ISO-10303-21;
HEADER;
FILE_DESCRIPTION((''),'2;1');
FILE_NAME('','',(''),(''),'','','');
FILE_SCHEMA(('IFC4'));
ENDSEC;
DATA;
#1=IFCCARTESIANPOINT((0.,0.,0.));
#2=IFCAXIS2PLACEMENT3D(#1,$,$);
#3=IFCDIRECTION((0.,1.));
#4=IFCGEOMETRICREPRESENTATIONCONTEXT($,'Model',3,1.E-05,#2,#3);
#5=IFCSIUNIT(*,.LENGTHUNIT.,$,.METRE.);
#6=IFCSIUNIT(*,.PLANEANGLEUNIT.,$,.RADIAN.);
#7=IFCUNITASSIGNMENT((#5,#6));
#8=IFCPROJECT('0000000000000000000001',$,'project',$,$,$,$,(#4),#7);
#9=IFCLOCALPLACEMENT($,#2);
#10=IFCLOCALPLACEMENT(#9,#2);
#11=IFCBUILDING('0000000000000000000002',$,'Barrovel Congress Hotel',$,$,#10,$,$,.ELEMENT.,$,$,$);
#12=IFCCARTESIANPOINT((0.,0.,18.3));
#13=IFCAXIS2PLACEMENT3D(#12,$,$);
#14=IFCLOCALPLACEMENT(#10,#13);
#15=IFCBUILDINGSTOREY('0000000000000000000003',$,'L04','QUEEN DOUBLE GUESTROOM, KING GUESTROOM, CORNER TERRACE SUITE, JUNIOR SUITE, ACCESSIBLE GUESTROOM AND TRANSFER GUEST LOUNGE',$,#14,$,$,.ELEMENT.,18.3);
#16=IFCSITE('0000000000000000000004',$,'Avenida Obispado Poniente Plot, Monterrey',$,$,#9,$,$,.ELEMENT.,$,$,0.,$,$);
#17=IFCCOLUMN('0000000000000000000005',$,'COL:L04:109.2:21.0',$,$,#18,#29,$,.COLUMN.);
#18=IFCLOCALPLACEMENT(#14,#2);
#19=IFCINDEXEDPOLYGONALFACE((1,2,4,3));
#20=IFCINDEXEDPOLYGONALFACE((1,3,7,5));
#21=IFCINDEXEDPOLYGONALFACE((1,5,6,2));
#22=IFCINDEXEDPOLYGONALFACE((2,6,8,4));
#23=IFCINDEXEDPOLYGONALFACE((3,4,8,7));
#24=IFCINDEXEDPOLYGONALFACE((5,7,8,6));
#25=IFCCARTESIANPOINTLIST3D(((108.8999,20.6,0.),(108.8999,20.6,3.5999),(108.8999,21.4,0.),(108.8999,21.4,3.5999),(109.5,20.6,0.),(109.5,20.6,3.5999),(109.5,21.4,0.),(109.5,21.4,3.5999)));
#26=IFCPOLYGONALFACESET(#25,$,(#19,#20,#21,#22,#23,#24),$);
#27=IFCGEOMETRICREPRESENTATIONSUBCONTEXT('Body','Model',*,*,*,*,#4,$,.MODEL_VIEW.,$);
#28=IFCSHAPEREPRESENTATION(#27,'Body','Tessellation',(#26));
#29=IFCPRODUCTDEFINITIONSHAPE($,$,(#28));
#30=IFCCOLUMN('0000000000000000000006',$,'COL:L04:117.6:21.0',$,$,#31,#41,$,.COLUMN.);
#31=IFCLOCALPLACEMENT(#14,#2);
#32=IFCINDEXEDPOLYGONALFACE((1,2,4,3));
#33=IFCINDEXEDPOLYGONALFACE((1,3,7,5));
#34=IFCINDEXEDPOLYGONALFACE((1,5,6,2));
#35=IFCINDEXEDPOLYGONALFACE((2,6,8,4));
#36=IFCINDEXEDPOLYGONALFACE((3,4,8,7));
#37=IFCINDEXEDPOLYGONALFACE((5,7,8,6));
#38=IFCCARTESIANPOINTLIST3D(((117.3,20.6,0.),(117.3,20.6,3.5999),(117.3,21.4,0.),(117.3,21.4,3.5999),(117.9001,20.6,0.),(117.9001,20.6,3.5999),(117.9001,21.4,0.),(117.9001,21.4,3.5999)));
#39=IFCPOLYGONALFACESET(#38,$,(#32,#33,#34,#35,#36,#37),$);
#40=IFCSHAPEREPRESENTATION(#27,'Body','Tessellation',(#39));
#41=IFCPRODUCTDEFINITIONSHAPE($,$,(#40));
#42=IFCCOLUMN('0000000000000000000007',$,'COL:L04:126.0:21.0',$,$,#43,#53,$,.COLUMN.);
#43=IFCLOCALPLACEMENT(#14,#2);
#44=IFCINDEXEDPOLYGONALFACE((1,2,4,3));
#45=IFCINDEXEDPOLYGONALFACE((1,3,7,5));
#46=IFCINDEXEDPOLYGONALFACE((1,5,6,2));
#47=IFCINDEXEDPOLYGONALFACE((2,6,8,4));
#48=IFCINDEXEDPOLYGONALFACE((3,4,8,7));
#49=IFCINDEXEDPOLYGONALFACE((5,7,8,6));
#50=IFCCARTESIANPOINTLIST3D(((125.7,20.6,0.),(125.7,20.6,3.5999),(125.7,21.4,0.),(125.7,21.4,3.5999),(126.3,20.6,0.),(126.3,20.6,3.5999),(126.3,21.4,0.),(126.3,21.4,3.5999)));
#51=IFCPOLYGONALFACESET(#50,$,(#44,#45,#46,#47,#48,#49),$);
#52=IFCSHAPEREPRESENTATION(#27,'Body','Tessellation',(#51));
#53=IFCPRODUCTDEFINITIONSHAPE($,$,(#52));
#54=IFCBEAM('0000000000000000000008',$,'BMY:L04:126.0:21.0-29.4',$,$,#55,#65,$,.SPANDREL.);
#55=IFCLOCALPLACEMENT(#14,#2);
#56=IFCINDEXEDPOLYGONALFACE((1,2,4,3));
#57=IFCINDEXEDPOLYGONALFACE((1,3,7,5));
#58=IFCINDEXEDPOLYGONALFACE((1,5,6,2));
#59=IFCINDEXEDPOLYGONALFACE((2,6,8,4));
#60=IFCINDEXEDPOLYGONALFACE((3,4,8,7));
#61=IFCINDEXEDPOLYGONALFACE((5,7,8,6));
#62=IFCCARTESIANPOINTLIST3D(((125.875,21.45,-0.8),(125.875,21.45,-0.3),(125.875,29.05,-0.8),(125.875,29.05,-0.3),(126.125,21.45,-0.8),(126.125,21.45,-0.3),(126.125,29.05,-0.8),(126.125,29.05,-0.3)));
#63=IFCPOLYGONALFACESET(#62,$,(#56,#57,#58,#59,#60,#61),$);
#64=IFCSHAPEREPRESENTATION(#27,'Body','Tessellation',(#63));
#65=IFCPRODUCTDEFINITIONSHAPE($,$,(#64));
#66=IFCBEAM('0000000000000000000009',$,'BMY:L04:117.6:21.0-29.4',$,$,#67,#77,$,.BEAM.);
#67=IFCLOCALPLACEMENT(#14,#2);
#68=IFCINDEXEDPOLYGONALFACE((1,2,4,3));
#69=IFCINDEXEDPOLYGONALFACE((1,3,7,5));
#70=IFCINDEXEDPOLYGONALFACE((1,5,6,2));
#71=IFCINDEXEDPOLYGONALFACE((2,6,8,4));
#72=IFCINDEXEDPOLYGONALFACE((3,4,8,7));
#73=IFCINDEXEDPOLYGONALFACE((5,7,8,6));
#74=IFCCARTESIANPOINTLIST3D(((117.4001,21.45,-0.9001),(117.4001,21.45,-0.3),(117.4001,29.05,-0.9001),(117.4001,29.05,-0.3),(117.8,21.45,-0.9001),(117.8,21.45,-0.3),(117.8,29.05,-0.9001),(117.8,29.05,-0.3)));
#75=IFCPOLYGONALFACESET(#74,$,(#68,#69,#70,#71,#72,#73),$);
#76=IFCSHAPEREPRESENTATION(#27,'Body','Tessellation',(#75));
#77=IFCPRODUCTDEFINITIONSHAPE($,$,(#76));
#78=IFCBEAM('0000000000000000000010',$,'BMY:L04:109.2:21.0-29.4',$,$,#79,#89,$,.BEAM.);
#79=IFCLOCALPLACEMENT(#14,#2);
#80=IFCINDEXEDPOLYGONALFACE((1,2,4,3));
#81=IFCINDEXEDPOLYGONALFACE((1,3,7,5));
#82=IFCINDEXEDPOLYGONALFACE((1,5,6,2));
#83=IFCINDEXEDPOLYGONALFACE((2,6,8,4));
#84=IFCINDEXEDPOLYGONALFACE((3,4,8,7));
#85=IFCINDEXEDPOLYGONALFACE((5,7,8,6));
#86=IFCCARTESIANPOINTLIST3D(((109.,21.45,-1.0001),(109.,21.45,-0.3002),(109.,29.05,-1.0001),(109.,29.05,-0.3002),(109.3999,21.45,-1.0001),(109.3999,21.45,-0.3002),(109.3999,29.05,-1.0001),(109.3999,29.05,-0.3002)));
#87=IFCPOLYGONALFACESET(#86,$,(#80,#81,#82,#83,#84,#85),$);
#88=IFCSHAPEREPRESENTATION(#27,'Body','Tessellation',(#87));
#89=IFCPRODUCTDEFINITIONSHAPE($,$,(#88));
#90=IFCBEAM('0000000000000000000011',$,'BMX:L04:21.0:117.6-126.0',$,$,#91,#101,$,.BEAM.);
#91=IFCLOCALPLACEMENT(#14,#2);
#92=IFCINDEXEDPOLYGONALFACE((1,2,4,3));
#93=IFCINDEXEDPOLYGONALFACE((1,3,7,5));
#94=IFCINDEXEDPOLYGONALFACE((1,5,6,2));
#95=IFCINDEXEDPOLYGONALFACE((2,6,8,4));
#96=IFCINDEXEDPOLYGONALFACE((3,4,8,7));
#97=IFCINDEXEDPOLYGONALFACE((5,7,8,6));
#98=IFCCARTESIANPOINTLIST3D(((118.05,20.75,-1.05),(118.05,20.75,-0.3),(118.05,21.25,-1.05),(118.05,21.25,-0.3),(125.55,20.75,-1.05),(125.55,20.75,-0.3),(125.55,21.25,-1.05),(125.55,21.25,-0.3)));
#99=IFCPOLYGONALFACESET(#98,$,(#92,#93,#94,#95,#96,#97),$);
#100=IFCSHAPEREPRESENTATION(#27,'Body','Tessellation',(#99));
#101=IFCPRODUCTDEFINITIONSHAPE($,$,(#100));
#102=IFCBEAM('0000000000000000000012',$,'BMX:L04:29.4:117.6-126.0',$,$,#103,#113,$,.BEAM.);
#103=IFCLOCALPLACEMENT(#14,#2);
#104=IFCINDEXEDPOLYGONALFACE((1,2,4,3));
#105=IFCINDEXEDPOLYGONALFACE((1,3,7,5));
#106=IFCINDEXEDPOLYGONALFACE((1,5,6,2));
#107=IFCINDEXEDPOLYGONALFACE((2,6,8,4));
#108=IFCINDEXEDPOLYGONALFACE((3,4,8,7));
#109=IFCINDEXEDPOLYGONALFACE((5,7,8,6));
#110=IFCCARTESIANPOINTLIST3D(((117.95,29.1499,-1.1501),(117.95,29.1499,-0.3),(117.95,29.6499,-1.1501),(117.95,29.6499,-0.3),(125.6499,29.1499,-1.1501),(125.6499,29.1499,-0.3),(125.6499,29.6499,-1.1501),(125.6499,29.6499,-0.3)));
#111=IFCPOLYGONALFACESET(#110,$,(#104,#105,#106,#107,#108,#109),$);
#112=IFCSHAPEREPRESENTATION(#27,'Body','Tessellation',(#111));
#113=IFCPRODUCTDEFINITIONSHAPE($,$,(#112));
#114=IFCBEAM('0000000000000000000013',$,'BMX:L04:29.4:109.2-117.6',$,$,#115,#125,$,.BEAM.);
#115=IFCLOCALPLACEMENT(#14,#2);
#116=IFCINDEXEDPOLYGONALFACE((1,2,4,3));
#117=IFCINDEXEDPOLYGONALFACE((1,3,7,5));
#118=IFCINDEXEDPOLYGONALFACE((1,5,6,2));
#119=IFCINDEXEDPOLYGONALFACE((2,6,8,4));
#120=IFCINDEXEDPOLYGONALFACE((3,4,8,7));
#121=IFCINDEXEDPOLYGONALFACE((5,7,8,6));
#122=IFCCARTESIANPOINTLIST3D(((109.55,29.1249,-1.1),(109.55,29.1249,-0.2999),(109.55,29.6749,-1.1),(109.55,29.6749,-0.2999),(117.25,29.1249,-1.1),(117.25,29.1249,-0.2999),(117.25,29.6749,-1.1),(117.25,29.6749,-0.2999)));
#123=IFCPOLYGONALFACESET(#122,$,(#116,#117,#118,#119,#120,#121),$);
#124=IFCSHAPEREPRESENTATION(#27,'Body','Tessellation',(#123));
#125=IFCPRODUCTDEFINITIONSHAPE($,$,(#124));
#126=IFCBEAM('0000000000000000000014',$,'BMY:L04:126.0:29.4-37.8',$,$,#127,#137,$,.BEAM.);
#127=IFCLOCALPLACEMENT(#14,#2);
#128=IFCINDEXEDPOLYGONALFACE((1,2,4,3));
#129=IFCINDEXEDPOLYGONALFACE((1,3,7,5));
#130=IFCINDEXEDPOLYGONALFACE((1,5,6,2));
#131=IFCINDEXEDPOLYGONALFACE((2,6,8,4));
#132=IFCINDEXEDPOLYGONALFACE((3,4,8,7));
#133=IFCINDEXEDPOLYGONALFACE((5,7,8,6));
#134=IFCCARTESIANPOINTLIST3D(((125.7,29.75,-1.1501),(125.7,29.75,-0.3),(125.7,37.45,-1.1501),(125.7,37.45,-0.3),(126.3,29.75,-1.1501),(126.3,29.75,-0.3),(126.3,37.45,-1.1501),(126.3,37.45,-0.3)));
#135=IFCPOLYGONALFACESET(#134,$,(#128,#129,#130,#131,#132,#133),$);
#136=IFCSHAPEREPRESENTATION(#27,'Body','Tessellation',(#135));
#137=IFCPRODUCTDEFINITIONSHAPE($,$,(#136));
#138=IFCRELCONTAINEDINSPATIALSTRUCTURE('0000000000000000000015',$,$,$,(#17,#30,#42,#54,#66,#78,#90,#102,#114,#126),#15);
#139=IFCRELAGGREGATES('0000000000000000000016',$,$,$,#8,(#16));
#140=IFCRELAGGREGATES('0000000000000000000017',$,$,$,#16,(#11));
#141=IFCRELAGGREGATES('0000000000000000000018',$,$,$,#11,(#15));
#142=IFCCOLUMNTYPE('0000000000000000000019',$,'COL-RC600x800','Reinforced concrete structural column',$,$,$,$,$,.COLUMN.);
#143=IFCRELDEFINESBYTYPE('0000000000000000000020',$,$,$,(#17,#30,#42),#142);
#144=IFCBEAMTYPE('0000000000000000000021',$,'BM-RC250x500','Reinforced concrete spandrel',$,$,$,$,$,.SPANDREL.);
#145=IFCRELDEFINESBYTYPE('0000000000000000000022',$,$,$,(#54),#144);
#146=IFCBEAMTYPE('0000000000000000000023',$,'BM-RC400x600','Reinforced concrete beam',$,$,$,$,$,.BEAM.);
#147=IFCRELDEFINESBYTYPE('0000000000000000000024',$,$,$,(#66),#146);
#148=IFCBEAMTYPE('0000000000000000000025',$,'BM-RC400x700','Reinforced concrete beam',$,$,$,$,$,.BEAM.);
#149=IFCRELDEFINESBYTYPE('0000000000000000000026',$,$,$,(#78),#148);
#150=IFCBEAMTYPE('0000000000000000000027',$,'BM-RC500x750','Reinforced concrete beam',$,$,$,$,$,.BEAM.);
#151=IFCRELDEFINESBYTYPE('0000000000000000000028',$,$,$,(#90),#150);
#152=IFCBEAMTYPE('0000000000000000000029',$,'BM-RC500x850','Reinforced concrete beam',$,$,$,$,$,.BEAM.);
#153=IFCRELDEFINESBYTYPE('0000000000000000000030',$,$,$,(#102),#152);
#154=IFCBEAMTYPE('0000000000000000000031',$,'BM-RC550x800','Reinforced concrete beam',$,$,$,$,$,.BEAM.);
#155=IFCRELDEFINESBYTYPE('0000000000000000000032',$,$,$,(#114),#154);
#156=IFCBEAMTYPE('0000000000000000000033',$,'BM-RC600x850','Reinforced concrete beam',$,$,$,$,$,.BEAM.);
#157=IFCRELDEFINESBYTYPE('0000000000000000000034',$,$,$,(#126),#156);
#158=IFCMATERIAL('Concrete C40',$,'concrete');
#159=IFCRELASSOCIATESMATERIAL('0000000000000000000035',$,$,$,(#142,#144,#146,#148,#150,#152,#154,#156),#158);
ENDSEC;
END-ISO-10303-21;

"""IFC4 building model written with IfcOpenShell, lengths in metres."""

from ifc_helpers import new_model, si_unit, direction, frame, origin, origin_2d, place, context, subcontext, project, spatial, rectangle, extrude, material, material_profile, profile_set, type_object, element, save


model = new_model("IFC4")

# Units and contexts
model_context = context("Model", 3, precision=1e-05, world=origin(), true_north=direction((0.0, 1.0)))
body_context = subcontext(model_context, "Body", "Model", "MODEL_VIEW")
ifc_project = project(units=[si_unit("LENGTHUNIT", "METRE"), si_unit("PLANEANGLEUNIT", "RADIAN")], contexts=[model_context])

# Site, building, storey
site_placement = place(None, origin())
site = spatial("IfcSite", under=ifc_project, at=site_placement, Name="Avenida Obispado Poniente Plot, Monterrey", CompositionType="ELEMENT", RefElevation=0.0)
building_placement = place(site_placement, origin())
building = spatial("IfcBuilding", under=site, at=building_placement, Name="Barrovel Congress Hotel", CompositionType="ELEMENT")
storey_placement = place(building_placement, frame((0.0, 0.0, 18.3)))
storey = spatial("IfcBuildingStorey", under=building, at=storey_placement, Name="L04", Description="QUEEN DOUBLE GUESTROOM, KING GUESTROOM, CORNER TERRACE SUITE, JUNIOR SUITE, ACCESSIBLE GUESTROOM AND TRANSFER GUEST LOUNGE", CompositionType="ELEMENT", Elevation=18.3)

# Columns
ifc_material_1 = material(Name="Concrete C40", Category="concrete")
ifc_material_profile_1 = material_profile(ifc_material_1, rectangle(XDim=0.6001, YDim=0.8, at=origin_2d()), Name="RC600x800")
ifc_profile_set_1 = profile_set([ifc_material_profile_1], Name="Concrete C40")
column_type = type_object("IfcColumnType", Name="COL-RC600x800", Description="Reinforced concrete structural column", PredefinedType="COLUMN", material=ifc_profile_set_1)
for number, where, z_axis, x_axis, name in (
    (1, (109.2, 21.0, 0.0), (0.0, 0.0, 1.0), (1.0, 0.0, 0.0), "COL:L04:109.2:21.0"),
    (2, (117.6001, 21.0, 0.0), (0.0, 0.0, 1.0), (1.0, 0.0, 0.0), "COL:L04:117.6:21.0"),
    (3, (126.0, 21.0, 0.0), (0.0, 0.0, 1.0), (1.0, 0.0, 0.0), "COL:L04:126.0:21.0"),
):
    element("IfcColumn", number, at=place(storey_placement, frame(where, z_axis=z_axis, x_axis=x_axis)), inside=storey, type_object=column_type, Name=name, PredefinedType="COLUMN", context=body_context, shape_type="SweptSolid", body=[
        extrude(rectangle(XDim=0.6001, YDim=0.8, at=origin_2d()), origin(), (0.0, 0.0, 1.0), 3.5999),
    ])

# Beams
ifc_material_profile_2 = material_profile(ifc_material_1, rectangle(XDim=0.25, YDim=0.5, at=origin_2d()), Name="RC250x500")
ifc_profile_set_2 = profile_set([ifc_material_profile_2], Name="Concrete C40")
beam_type_1 = type_object("IfcBeamType", Name="BM-RC250x500", Description="Reinforced concrete spandrel", PredefinedType="SPANDREL", material=ifc_profile_set_2)
beam_1_placement = place(storey_placement, frame((126.0, 21.45, -0.55), z_axis=(0.0, 1.0, 0.0), x_axis=(-1.0, 0.0, 0.0)))
element("IfcBeam", 4, at=beam_1_placement, inside=storey, type_object=beam_type_1, Name="BMY:L04:126.0:21.0-29.4", PredefinedType="SPANDREL", context=body_context, shape_type="SweptSolid", body=[
    extrude(rectangle(XDim=0.25, YDim=0.5, at=origin_2d()), origin(), (0.0, 0.0, 1.0), 7.6001),
])
ifc_material_profile_3 = material_profile(ifc_material_1, rectangle(XDim=0.3999, YDim=0.6001, at=origin_2d()), Name="RC400x600")
ifc_profile_set_3 = profile_set([ifc_material_profile_3], Name="Concrete C40")
beam_type_2 = type_object("IfcBeamType", Name="BM-RC400x600", Description="Reinforced concrete beam", PredefinedType="BEAM", material=ifc_profile_set_3)
beam_2_placement = place(storey_placement, frame((117.6001, 21.45, -0.6001), z_axis=(0.0, 1.0, 0.0), x_axis=(-1.0, 0.0, 0.0)))
element("IfcBeam", 5, at=beam_2_placement, inside=storey, type_object=beam_type_2, Name="BMY:L04:117.6:21.0-29.4", PredefinedType="BEAM", context=body_context, shape_type="SweptSolid", body=[
    extrude(rectangle(XDim=0.3999, YDim=0.6001, at=origin_2d()), origin(), (0.0, 0.0, 1.0), 7.6001),
])
ifc_material_profile_4 = material_profile(ifc_material_1, rectangle(XDim=0.3999, YDim=0.7, at=origin_2d()), Name="RC400x700")
ifc_profile_set_4 = profile_set([ifc_material_profile_4], Name="Concrete C40")
beam_type_3 = type_object("IfcBeamType", Name="BM-RC400x700", Description="Reinforced concrete beam", PredefinedType="BEAM", material=ifc_profile_set_4)
beam_3_placement = place(storey_placement, frame((109.2, 21.45, -0.6501), z_axis=(0.0, 1.0, 0.0), x_axis=(-1.0, 0.0, 0.0)))
element("IfcBeam", 6, at=beam_3_placement, inside=storey, type_object=beam_type_3, Name="BMY:L04:109.2:21.0-29.4", PredefinedType="BEAM", context=body_context, shape_type="SweptSolid", body=[
    extrude(rectangle(XDim=0.3999, YDim=0.7, at=origin_2d()), origin(), (0.0, 0.0, 1.0), 7.6001),
])
ifc_material_profile_5 = material_profile(ifc_material_1, rectangle(XDim=0.5, YDim=0.75, at=origin_2d()), Name="RC500x750")
ifc_profile_set_5 = profile_set([ifc_material_profile_5], Name="Concrete C40")
beam_type_4 = type_object("IfcBeamType", Name="BM-RC500x750", Description="Reinforced concrete beam", PredefinedType="BEAM", material=ifc_profile_set_5)
beam_4_placement = place(storey_placement, frame((118.05, 21.0, -0.675), z_axis=(1.0, 0.0, 0.0), x_axis=(0.0, 1.0, 0.0)))
element("IfcBeam", 7, at=beam_4_placement, inside=storey, type_object=beam_type_4, Name="BMX:L04:21.0:117.6-126.0", PredefinedType="BEAM", context=body_context, shape_type="SweptSolid", body=[
    extrude(rectangle(XDim=0.5, YDim=0.75, at=origin_2d()), origin(), (0.0, 0.0, 1.0), 7.5),
])
ifc_material_profile_6 = material_profile(ifc_material_1, rectangle(XDim=0.5, YDim=0.8501, at=origin_2d()), Name="RC500x850")
ifc_profile_set_6 = profile_set([ifc_material_profile_6], Name="Concrete C40")
beam_type_5 = type_object("IfcBeamType", Name="BM-RC500x850", Description="Reinforced concrete beam", PredefinedType="BEAM", material=ifc_profile_set_6)
beam_5_placement = place(storey_placement, frame((117.95, 29.3999, -0.7251), z_axis=(1.0, 0.0, 0.0), x_axis=(0.0, 1.0, 0.0)))
element("IfcBeam", 8, at=beam_5_placement, inside=storey, type_object=beam_type_5, Name="BMX:L04:29.4:117.6-126.0", PredefinedType="BEAM", context=body_context, shape_type="SweptSolid", body=[
    extrude(rectangle(XDim=0.5, YDim=0.8501, at=origin_2d()), origin(), (0.0, 0.0, 1.0), 7.7),
])
ifc_material_profile_7 = material_profile(ifc_material_1, rectangle(XDim=0.55, YDim=0.8, at=origin_2d()), Name="RC550x800")
ifc_profile_set_7 = profile_set([ifc_material_profile_7], Name="Concrete C40")
beam_type_6 = type_object("IfcBeamType", Name="BM-RC550x800", Description="Reinforced concrete beam", PredefinedType="BEAM", material=ifc_profile_set_7)
beam_6_placement = place(storey_placement, frame((109.55, 29.3999, -0.7), z_axis=(1.0, 0.0, 0.0), x_axis=(0.0, 1.0, 0.0)))
element("IfcBeam", 9, at=beam_6_placement, inside=storey, type_object=beam_type_6, Name="BMX:L04:29.4:109.2-117.6", PredefinedType="BEAM", context=body_context, shape_type="SweptSolid", body=[
    extrude(rectangle(XDim=0.55, YDim=0.8, at=origin_2d()), origin(), (0.0, 0.0, 1.0), 7.7),
])
ifc_material_profile_8 = material_profile(ifc_material_1, rectangle(XDim=0.6001, YDim=0.8501, at=origin_2d()), Name="RC600x850")
ifc_profile_set_8 = profile_set([ifc_material_profile_8], Name="Concrete C40")
beam_type_7 = type_object("IfcBeamType", Name="BM-RC600x850", Description="Reinforced concrete beam", PredefinedType="BEAM", material=ifc_profile_set_8)
beam_7_placement = place(storey_placement, frame((126.0, 29.75, -0.7251), z_axis=(0.0, 1.0, 0.0), x_axis=(-1.0, 0.0, 0.0)))
element("IfcBeam", 10, at=beam_7_placement, inside=storey, type_object=beam_type_7, Name="BMY:L04:126.0:29.4-37.8", PredefinedType="BEAM", context=body_context, shape_type="SweptSolid", body=[
    extrude(rectangle(XDim=0.6001, YDim=0.8501, at=origin_2d()), origin(), (0.0, 0.0, 1.0), 7.7),
])

save(model, "model.ifc")
